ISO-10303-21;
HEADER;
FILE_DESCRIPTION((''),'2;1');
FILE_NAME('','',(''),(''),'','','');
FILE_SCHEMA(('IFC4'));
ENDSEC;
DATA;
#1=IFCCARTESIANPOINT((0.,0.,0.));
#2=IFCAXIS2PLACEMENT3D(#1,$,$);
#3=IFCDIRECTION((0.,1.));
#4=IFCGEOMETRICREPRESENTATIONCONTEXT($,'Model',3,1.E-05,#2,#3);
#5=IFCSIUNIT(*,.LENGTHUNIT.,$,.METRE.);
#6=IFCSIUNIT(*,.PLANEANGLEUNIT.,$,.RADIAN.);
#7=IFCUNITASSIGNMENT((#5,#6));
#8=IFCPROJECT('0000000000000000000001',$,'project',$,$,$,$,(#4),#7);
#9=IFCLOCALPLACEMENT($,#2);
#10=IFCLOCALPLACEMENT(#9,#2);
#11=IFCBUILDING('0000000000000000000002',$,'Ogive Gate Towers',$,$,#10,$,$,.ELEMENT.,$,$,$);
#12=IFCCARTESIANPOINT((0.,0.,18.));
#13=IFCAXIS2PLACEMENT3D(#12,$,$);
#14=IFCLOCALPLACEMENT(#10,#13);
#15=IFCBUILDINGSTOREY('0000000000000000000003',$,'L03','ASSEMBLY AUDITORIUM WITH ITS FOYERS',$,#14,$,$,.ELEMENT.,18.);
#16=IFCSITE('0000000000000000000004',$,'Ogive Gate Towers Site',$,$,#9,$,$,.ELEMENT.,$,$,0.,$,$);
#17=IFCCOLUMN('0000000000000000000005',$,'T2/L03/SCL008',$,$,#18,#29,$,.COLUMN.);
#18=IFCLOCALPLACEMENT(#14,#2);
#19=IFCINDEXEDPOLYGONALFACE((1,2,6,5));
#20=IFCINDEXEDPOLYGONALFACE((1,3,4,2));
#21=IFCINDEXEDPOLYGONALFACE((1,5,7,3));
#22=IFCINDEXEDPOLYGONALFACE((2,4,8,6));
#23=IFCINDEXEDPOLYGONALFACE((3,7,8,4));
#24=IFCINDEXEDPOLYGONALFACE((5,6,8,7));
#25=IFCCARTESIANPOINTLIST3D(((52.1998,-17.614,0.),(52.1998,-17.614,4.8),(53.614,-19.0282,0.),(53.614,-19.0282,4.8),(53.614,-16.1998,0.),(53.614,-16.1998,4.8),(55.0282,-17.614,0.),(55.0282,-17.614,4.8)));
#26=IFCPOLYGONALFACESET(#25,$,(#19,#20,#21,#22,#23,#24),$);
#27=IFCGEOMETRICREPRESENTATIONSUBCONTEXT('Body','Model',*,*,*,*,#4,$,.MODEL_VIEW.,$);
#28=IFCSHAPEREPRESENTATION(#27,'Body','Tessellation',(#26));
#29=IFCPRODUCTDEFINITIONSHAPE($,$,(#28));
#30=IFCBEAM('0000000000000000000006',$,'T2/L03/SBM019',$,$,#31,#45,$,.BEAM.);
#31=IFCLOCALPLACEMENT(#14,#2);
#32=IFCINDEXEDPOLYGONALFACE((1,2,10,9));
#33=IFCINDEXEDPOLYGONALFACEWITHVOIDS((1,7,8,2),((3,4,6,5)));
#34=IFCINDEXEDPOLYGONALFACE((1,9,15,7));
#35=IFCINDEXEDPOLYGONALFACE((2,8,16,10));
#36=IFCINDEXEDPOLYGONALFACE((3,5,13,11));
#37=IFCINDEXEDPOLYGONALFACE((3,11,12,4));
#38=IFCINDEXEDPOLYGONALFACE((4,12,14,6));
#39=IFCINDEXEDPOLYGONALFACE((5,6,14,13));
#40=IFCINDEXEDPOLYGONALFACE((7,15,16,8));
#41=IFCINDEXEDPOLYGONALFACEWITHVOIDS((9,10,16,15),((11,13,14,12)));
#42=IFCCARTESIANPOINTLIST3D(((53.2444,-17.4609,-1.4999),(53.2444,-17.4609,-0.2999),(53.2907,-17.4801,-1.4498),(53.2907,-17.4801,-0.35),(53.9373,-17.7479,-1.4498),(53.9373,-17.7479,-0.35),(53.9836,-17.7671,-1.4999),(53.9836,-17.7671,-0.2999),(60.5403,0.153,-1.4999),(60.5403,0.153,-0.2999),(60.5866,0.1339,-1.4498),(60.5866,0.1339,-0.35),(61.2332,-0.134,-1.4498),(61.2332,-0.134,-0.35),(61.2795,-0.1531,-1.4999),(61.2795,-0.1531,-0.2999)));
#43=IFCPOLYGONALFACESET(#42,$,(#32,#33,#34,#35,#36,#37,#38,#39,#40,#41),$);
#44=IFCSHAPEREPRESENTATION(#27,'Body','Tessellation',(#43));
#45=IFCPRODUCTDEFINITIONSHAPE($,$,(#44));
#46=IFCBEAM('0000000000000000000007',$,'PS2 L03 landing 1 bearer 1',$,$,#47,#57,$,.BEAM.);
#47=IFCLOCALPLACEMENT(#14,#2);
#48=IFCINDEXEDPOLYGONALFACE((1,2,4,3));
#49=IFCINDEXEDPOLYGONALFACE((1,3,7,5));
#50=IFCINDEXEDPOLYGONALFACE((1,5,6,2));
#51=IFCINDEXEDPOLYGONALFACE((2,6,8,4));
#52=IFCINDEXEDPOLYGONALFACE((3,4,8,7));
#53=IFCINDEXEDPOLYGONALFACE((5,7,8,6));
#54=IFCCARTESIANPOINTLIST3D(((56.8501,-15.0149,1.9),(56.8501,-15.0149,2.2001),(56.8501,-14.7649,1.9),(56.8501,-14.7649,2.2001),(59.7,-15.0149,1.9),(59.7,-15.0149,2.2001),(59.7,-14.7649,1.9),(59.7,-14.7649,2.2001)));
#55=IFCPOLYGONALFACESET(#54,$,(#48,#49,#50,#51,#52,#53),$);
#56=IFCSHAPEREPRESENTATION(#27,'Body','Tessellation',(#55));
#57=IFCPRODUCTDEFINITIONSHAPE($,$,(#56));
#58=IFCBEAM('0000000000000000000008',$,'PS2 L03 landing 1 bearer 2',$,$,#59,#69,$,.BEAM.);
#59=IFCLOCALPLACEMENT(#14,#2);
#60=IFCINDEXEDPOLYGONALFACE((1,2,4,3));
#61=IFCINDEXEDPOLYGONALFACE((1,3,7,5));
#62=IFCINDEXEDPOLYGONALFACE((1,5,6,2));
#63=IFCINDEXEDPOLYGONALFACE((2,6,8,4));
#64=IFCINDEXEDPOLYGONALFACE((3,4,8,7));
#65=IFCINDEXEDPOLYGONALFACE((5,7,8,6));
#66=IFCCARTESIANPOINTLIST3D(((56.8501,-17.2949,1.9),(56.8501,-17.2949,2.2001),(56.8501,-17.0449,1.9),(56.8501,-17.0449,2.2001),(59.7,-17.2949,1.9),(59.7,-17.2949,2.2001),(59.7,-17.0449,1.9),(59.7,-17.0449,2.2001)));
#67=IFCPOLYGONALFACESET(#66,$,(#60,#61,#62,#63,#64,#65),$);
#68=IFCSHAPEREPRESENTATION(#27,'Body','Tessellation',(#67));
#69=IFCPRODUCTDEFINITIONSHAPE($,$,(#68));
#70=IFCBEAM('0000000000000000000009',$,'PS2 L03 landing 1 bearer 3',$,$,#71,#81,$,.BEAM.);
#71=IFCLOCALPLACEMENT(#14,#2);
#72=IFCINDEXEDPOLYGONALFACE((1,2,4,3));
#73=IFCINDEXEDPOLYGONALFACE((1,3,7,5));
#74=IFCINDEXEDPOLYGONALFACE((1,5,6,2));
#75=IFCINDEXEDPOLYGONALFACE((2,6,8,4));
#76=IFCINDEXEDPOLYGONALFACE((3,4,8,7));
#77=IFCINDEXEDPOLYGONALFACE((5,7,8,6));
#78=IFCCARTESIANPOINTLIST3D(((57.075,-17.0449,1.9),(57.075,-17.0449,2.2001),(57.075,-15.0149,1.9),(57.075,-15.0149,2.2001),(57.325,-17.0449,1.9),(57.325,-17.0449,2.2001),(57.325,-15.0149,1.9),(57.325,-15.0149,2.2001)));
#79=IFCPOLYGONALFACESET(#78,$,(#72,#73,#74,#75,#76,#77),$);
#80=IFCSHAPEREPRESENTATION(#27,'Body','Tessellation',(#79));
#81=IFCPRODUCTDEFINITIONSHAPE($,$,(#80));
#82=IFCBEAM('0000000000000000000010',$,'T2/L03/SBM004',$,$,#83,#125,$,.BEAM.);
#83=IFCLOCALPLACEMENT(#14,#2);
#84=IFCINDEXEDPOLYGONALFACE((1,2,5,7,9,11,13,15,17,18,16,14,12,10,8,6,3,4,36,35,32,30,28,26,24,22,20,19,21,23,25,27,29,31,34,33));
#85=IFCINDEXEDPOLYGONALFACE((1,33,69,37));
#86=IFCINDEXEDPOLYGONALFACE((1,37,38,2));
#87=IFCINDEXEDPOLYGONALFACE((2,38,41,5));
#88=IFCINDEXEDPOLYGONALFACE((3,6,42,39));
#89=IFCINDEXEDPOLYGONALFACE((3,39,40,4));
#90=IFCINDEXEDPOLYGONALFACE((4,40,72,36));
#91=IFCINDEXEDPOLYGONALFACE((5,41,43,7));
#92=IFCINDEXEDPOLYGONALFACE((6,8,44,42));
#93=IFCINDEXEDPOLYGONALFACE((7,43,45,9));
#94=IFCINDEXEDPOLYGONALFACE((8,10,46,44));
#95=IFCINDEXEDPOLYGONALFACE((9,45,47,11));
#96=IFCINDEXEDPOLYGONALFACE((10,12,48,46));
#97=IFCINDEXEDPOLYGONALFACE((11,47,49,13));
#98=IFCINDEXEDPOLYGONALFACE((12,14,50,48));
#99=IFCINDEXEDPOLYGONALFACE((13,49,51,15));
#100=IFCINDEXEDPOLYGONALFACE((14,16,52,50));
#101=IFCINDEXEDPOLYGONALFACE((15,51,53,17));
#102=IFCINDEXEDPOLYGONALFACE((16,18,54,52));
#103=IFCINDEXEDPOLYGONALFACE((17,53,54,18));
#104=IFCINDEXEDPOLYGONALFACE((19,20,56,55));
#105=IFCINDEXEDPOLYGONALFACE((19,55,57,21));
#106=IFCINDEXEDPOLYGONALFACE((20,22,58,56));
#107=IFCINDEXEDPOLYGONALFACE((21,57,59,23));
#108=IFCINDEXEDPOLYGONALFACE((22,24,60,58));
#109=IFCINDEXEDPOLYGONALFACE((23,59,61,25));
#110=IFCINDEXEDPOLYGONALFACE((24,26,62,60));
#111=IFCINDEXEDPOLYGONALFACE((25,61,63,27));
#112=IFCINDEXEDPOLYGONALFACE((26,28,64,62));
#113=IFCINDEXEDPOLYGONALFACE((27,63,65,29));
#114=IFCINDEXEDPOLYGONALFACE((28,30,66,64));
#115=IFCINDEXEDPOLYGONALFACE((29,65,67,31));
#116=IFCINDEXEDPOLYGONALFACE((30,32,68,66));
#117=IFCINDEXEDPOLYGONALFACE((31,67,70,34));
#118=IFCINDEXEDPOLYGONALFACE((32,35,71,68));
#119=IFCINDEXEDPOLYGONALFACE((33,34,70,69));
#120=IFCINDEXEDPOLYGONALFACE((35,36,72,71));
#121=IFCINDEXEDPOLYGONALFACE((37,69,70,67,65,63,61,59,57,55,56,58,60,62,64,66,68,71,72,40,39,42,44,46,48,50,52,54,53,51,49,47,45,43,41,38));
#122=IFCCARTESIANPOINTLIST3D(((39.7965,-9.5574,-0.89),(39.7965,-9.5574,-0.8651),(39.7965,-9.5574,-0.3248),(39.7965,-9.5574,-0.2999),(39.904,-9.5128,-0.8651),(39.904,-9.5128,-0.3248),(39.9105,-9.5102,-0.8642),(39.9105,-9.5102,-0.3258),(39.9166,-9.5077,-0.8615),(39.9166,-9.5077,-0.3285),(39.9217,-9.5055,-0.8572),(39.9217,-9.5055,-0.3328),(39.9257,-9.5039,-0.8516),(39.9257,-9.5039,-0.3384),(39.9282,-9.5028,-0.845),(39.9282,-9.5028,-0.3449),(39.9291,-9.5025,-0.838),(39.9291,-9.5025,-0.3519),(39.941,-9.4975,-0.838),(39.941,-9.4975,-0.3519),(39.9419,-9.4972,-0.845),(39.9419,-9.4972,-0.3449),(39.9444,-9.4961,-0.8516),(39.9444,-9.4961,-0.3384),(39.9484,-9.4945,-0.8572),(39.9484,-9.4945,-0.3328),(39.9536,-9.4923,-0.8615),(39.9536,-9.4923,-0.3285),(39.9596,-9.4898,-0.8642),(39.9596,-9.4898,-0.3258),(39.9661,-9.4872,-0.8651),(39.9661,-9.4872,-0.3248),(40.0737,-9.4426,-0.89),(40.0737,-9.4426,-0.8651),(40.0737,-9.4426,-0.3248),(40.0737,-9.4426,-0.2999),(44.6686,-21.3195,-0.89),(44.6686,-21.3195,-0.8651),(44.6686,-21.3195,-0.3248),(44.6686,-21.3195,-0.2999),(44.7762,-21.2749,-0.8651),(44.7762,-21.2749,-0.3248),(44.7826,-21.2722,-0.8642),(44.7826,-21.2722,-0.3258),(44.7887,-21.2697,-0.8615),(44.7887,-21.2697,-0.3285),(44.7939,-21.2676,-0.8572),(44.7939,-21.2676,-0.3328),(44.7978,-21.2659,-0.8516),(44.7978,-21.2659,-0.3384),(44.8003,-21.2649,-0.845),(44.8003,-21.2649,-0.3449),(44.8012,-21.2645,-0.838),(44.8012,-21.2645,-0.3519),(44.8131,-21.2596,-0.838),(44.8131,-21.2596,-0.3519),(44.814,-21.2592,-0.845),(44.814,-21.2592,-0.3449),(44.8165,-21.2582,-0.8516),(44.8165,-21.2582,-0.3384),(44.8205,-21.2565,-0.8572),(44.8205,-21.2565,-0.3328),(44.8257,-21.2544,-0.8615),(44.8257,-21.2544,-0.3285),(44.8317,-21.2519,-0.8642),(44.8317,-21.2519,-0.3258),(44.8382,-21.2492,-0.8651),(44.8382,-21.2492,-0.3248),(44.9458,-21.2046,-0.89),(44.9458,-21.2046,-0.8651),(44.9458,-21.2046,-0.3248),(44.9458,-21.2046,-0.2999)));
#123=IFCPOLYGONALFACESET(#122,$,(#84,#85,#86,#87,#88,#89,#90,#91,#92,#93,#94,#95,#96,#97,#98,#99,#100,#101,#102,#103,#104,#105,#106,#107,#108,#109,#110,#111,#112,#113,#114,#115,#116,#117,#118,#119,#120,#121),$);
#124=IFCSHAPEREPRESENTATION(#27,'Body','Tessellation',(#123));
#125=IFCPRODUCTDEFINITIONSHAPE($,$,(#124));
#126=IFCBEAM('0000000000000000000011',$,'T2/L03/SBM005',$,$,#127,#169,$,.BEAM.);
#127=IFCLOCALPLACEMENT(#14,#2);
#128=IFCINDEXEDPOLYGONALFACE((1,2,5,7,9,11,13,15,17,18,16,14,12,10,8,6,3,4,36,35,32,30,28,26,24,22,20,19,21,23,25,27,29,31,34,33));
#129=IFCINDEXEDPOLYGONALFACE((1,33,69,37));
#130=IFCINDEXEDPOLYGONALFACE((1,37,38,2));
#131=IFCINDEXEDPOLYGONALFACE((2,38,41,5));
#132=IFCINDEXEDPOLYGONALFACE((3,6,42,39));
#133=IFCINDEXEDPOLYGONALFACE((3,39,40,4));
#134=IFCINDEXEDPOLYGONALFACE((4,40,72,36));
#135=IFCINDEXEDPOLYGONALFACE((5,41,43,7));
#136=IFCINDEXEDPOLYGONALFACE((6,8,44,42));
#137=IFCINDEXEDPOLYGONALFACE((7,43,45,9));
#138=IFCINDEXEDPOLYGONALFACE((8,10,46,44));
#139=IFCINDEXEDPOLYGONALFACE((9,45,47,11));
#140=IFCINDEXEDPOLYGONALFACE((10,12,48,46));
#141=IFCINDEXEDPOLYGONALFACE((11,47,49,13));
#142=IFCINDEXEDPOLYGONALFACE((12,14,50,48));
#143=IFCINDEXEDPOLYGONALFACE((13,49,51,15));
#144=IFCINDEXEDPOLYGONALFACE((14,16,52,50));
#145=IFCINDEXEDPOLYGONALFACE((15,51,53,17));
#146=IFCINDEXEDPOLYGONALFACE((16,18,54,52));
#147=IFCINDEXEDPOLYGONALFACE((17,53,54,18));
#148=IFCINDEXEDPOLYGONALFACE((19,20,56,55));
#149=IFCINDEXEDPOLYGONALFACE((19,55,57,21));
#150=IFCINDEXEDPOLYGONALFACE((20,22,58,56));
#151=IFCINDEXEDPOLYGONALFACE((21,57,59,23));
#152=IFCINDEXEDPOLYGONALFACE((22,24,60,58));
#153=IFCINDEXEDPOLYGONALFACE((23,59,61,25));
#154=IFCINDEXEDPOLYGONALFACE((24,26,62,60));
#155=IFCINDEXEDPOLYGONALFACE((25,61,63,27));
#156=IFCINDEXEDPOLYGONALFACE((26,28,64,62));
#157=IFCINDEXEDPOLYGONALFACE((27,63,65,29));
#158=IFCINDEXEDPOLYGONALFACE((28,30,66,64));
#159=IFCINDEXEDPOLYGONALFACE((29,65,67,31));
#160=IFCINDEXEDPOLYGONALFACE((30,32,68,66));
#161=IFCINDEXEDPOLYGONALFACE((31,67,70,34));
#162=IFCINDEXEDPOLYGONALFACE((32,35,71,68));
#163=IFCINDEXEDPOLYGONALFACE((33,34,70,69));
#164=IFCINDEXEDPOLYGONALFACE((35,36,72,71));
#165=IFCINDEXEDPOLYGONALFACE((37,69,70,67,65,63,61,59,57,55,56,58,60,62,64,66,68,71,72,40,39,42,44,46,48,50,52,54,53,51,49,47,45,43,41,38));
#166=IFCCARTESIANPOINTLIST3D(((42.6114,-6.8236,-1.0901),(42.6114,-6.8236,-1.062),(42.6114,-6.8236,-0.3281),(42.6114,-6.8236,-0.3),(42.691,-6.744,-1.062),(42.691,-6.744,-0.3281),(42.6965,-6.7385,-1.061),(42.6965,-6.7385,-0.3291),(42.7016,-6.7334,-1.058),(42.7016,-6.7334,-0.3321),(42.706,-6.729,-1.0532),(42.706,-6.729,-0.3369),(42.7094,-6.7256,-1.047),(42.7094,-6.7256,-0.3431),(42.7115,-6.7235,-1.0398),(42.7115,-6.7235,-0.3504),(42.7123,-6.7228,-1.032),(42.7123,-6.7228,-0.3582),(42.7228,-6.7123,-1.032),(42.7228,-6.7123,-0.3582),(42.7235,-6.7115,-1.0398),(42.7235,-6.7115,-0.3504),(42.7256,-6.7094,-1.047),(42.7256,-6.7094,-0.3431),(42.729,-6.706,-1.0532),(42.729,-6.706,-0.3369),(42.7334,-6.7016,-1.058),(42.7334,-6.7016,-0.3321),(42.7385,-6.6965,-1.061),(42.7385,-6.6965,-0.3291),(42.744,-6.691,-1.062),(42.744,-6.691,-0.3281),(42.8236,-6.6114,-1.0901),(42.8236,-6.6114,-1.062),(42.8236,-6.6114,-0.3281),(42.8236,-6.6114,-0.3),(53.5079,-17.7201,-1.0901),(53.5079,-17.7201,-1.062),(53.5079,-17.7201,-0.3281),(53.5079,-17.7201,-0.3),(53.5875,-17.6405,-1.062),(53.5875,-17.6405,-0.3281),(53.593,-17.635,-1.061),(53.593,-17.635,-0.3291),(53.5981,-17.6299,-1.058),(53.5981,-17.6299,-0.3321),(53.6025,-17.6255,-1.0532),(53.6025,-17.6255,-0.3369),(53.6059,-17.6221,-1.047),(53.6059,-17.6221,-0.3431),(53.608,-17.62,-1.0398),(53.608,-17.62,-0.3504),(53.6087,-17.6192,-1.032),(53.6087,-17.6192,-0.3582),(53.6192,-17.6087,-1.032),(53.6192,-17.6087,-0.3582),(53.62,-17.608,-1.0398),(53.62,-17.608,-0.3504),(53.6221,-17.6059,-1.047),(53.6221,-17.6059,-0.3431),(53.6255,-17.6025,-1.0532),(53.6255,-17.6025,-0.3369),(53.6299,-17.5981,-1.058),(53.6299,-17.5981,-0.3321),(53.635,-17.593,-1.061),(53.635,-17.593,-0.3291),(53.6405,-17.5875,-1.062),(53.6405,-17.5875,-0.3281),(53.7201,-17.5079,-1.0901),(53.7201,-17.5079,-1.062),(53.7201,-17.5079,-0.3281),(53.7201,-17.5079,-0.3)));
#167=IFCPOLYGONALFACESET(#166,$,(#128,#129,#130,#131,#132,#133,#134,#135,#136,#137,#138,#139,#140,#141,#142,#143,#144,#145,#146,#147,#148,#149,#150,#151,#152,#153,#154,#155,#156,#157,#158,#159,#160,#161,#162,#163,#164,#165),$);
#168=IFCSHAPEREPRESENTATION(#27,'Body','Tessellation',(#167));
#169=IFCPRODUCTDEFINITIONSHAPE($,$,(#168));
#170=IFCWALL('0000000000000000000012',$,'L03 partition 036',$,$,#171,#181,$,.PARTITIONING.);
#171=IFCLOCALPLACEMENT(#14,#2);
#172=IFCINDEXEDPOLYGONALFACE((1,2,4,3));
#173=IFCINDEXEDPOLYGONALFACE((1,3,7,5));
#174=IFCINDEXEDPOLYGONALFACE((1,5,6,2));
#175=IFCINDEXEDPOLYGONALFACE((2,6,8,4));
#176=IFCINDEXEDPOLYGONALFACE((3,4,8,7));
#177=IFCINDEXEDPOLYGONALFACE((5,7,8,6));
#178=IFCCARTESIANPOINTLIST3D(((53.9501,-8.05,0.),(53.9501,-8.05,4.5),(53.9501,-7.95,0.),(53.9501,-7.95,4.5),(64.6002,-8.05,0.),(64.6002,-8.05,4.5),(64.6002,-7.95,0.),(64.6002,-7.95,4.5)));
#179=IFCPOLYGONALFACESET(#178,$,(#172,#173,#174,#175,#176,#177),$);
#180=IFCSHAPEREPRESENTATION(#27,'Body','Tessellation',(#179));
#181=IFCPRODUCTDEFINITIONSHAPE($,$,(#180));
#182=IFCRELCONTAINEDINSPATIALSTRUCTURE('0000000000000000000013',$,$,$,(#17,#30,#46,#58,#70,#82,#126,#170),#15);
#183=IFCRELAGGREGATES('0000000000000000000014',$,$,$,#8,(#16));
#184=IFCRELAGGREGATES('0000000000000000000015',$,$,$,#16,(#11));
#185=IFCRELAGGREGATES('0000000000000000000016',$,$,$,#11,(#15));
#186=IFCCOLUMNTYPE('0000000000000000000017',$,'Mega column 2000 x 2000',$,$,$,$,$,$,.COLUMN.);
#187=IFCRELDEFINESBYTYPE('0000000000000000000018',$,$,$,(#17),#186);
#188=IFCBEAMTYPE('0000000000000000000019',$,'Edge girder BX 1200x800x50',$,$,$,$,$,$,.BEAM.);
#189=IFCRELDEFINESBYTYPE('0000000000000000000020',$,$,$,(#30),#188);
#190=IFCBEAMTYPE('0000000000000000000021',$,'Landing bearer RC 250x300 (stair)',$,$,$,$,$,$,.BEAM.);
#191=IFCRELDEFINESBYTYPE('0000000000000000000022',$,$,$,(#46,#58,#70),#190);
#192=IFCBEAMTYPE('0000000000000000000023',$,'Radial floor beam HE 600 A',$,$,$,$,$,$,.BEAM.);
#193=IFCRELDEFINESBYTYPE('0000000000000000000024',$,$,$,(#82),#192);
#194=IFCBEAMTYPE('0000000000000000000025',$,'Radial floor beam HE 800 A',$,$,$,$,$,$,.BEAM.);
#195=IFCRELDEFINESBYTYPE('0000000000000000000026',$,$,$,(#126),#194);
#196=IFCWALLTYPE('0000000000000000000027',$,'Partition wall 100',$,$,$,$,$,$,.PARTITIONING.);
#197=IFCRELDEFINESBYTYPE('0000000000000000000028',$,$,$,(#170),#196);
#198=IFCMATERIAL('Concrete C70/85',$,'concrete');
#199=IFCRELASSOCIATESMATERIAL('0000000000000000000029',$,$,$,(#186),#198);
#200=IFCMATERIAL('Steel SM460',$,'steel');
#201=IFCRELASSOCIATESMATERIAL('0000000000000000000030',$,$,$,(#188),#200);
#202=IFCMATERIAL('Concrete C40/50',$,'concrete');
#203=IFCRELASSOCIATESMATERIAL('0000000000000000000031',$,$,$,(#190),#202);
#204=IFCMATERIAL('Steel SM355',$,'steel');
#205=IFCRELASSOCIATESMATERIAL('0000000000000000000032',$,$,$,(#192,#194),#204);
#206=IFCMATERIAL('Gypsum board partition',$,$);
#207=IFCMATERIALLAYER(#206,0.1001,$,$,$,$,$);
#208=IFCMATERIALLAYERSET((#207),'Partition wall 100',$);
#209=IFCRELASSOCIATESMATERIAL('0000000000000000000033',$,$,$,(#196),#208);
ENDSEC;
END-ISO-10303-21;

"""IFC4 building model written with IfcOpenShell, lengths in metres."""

from ifc_helpers import new_model, si_unit, direction, frame, frame_2d, origin, origin_2d, place, context, subcontext, project, spatial, rectangle, hollow_rectangle, i_section, extrude, material, layer, layer_set, material_profile, profile_set, type_object, element, save


model = new_model("IFC4")

# Units and contexts
model_context = context("Model", 3, precision=1e-05, world=origin(), true_north=direction((0.0, 1.0)))
body_context = subcontext(model_context, "Body", "Model", "MODEL_VIEW")
ifc_project = project(units=[si_unit("LENGTHUNIT", "METRE"), si_unit("PLANEANGLEUNIT", "RADIAN")], contexts=[model_context])

# Site, building, storey
site_placement = place(None, origin())
site = spatial("IfcSite", under=ifc_project, at=site_placement, Name="Ogive Gate Towers Site", CompositionType="ELEMENT", RefElevation=0.0)
building_placement = place(site_placement, origin())
building = spatial("IfcBuilding", under=site, at=building_placement, Name="Ogive Gate Towers", CompositionType="ELEMENT")
storey_placement = place(building_placement, frame((0.0, 0.0, 18.0)))
storey = spatial("IfcBuildingStorey", under=building, at=storey_placement, Name="L03", Description="ASSEMBLY AUDITORIUM WITH ITS FOYERS", CompositionType="ELEMENT", Elevation=18.0)

# Column
ifc_material_1 = material(Name="Concrete C70/85", Category="concrete")
ifc_material_profile_1 = material_profile(ifc_material_1, rectangle(XDim=2.0, YDim=2.0, at=origin_2d()), Name="RC 2000x2000")
ifc_profile_set_1 = profile_set([ifc_material_profile_1], Name="Concrete C70/85")
column_type = type_object("IfcColumnType", Name="Mega column 2000 x 2000", PredefinedType="COLUMN", material=ifc_profile_set_1)
column_placement = place(storey_placement, frame((53.614, -17.614, 0.0), z_axis=(0.0, 0.0, 1.0), x_axis=(0.707107, -0.707107, 0.0)))
element("IfcColumn", 1, at=column_placement, inside=storey, type_object=column_type, Name="T2/L03/SCL008", PredefinedType="COLUMN", context=body_context, shape_type="SweptSolid", body=[
    extrude(rectangle(XDim=2.0, YDim=2.0, at=origin_2d()), origin(), (0.0, 0.0, 1.0), 4.8),
])

# Beams
ifc_material_2 = material(Name="Steel SM460", Category="steel")
ifc_material_profile_2 = material_profile(ifc_material_2, hollow_rectangle(XDim=0.8, YDim=1.2, WallThickness=0.05, at=origin_2d()), Name="BX 1200x800x50")
ifc_profile_set_2 = profile_set([ifc_material_profile_2], Name="Steel SM460")
beam_type_1 = type_object("IfcBeamType", Name="Edge girder BX 1200x800x50", PredefinedType="BEAM", material=ifc_profile_set_2)
beam_1_placement = place(storey_placement, frame((53.614, -17.614, -0.8999), z_axis=(0.382681, 0.923881, 0.0), x_axis=(-0.923881, 0.382681, 0.0)))
element("IfcBeam", 2, at=beam_1_placement, inside=storey, type_object=beam_type_1, Name="T2/L03/SBM019", PredefinedType="BEAM", context=body_context, shape_type="SweptSolid", body=[
    extrude(hollow_rectangle(XDim=0.8, YDim=1.2, WallThickness=0.05, at=origin_2d()), origin(), (0.0, 0.0, 1.0), 19.0652),
])
ifc_material_3 = material(Name="Concrete C40/50", Category="concrete")
ifc_material_profile_3 = material_profile(ifc_material_3, rectangle(XDim=0.25, YDim=0.3, at=origin_2d()), Name="RC 250x300")
ifc_profile_set_3 = profile_set([ifc_material_profile_3], Name="Concrete C40/50")
beam_type_2 = type_object("IfcBeamType", Name="Landing bearer RC 250x300 (stair)", PredefinedType="BEAM", material=ifc_profile_set_3)
for number, where, z_axis, x_axis, name in (
    (3, (56.8501, -14.8899, 2.05), (1.0, 0.0, 0.0), (0.0, 1.0, 0.0), "PS2 L03 landing 1 bearer 1"),
    (4, (56.8501, -17.1699, 2.05), (1.0, 0.0, 0.0), (0.0, 1.0, 0.0), "PS2 L03 landing 1 bearer 2"),
):
    element("IfcBeam", number, at=place(storey_placement, frame(where, z_axis=z_axis, x_axis=x_axis)), inside=storey, type_object=beam_type_2, Name=name, PredefinedType="BEAM", context=body_context, shape_type="SweptSolid", body=[
        extrude(rectangle(XDim=0.25, YDim=0.3, at=origin_2d()), origin(), (0.0, 0.0, 1.0), 2.8499),
    ])
beam_2_placement = place(storey_placement, frame((57.2, -15.0149, 2.05), z_axis=(0.0, -1.0, 0.0), x_axis=(1.0, 0.0, 0.0)))
element("IfcBeam", 5, at=beam_2_placement, inside=storey, type_object=beam_type_2, Name="PS2 L03 landing 1 bearer 3", PredefinedType="BEAM", context=body_context, shape_type="SweptSolid", body=[
    extrude(rectangle(XDim=0.25, YDim=0.3, at=origin_2d()), origin(), (0.0, 0.0, 1.0), 2.03),
])
ifc_material_4 = material(Name="Steel SM355", Category="steel")
ifc_material_profile_4 = material_profile(ifc_material_4, i_section(OverallWidth=0.3, OverallDepth=0.5901, WebThickness=0.0129, FlangeThickness=0.0249, FilletRadius=0.0271, at=origin_2d()), Name="HE 600 A")
ifc_profile_set_4 = profile_set([ifc_material_profile_4], Name="Steel SM355")
beam_type_3 = type_object("IfcBeamType", Name="Radial floor beam HE 600 A", PredefinedType="BEAM", material=ifc_profile_set_4)
beam_3_placement = place(storey_placement, frame((39.9351, -9.5, -0.595), z_axis=(0.382691, -0.923877, 0.0), x_axis=(0.923877, 0.382691, 0.0)))
element("IfcBeam", 6, at=beam_3_placement, inside=storey, type_object=beam_type_3, Name="T2/L03/SBM004", PredefinedType="BEAM", context=body_context, shape_type="SweptSolid", body=[
    extrude(i_section(OverallWidth=0.3, OverallDepth=0.5901, WebThickness=0.0129, FlangeThickness=0.0249, FilletRadius=0.0271, at=origin_2d()), origin(), (0.0, 0.0, 1.0), 12.7312),
])
ifc_material_profile_5 = material_profile(ifc_material_4, i_section(OverallWidth=0.3, OverallDepth=0.79, WebThickness=0.0149, FlangeThickness=0.0281, FilletRadius=0.03, at=origin_2d()), Name="HE 800 A")
ifc_profile_set_5 = profile_set([ifc_material_profile_5], Name="Steel SM355")
beam_type_4 = type_object("IfcBeamType", Name="Radial floor beam HE 800 A", PredefinedType="BEAM", material=ifc_profile_set_5)
beam_4_placement = place(storey_placement, frame((42.7175, -6.7175, -0.6951), z_axis=(0.707107, -0.707107, 0.0), x_axis=(0.707107, 0.707107, 0.0)))
element("IfcBeam", 7, at=beam_4_placement, inside=storey, type_object=beam_type_4, Name="T2/L03/SBM005", PredefinedType="BEAM", context=body_context, shape_type="SweptSolid", body=[
    extrude(i_section(OverallWidth=0.3, OverallDepth=0.79, WebThickness=0.0149, FlangeThickness=0.0281, FilletRadius=0.03, at=origin_2d()), origin(), (0.0, 0.0, 1.0), 15.4099),
])

# Wall
ifc_material_5 = material(Name="Gypsum board partition")
ifc_layer_1 = layer(ifc_material_5, 0.1001)
ifc_layer_set_1 = layer_set([ifc_layer_1], Name="Partition wall 100")
wall_type_1 = type_object("IfcWallType", Name="Partition wall 100", PredefinedType="PARTITIONING", material=ifc_layer_set_1)
wall_1_placement = place(storey_placement, frame((53.95, -8.0, 0.0), z_axis=(0.0, 0.0, 1.0), x_axis=(1.0, 0.0, 0.0)))
element("IfcWall", 8, at=wall_1_placement, inside=storey, type_object=wall_type_1, Name="L03 partition 036", PredefinedType="PARTITIONING", context=body_context, shape_type="SweptSolid", body=[
    extrude(rectangle(XDim=10.6501, YDim=0.1001, at=frame_2d((5.3252, 0.0))), origin(), (0.0, 0.0, 1.0), 4.5),
])

save(model, "model.ifc")
